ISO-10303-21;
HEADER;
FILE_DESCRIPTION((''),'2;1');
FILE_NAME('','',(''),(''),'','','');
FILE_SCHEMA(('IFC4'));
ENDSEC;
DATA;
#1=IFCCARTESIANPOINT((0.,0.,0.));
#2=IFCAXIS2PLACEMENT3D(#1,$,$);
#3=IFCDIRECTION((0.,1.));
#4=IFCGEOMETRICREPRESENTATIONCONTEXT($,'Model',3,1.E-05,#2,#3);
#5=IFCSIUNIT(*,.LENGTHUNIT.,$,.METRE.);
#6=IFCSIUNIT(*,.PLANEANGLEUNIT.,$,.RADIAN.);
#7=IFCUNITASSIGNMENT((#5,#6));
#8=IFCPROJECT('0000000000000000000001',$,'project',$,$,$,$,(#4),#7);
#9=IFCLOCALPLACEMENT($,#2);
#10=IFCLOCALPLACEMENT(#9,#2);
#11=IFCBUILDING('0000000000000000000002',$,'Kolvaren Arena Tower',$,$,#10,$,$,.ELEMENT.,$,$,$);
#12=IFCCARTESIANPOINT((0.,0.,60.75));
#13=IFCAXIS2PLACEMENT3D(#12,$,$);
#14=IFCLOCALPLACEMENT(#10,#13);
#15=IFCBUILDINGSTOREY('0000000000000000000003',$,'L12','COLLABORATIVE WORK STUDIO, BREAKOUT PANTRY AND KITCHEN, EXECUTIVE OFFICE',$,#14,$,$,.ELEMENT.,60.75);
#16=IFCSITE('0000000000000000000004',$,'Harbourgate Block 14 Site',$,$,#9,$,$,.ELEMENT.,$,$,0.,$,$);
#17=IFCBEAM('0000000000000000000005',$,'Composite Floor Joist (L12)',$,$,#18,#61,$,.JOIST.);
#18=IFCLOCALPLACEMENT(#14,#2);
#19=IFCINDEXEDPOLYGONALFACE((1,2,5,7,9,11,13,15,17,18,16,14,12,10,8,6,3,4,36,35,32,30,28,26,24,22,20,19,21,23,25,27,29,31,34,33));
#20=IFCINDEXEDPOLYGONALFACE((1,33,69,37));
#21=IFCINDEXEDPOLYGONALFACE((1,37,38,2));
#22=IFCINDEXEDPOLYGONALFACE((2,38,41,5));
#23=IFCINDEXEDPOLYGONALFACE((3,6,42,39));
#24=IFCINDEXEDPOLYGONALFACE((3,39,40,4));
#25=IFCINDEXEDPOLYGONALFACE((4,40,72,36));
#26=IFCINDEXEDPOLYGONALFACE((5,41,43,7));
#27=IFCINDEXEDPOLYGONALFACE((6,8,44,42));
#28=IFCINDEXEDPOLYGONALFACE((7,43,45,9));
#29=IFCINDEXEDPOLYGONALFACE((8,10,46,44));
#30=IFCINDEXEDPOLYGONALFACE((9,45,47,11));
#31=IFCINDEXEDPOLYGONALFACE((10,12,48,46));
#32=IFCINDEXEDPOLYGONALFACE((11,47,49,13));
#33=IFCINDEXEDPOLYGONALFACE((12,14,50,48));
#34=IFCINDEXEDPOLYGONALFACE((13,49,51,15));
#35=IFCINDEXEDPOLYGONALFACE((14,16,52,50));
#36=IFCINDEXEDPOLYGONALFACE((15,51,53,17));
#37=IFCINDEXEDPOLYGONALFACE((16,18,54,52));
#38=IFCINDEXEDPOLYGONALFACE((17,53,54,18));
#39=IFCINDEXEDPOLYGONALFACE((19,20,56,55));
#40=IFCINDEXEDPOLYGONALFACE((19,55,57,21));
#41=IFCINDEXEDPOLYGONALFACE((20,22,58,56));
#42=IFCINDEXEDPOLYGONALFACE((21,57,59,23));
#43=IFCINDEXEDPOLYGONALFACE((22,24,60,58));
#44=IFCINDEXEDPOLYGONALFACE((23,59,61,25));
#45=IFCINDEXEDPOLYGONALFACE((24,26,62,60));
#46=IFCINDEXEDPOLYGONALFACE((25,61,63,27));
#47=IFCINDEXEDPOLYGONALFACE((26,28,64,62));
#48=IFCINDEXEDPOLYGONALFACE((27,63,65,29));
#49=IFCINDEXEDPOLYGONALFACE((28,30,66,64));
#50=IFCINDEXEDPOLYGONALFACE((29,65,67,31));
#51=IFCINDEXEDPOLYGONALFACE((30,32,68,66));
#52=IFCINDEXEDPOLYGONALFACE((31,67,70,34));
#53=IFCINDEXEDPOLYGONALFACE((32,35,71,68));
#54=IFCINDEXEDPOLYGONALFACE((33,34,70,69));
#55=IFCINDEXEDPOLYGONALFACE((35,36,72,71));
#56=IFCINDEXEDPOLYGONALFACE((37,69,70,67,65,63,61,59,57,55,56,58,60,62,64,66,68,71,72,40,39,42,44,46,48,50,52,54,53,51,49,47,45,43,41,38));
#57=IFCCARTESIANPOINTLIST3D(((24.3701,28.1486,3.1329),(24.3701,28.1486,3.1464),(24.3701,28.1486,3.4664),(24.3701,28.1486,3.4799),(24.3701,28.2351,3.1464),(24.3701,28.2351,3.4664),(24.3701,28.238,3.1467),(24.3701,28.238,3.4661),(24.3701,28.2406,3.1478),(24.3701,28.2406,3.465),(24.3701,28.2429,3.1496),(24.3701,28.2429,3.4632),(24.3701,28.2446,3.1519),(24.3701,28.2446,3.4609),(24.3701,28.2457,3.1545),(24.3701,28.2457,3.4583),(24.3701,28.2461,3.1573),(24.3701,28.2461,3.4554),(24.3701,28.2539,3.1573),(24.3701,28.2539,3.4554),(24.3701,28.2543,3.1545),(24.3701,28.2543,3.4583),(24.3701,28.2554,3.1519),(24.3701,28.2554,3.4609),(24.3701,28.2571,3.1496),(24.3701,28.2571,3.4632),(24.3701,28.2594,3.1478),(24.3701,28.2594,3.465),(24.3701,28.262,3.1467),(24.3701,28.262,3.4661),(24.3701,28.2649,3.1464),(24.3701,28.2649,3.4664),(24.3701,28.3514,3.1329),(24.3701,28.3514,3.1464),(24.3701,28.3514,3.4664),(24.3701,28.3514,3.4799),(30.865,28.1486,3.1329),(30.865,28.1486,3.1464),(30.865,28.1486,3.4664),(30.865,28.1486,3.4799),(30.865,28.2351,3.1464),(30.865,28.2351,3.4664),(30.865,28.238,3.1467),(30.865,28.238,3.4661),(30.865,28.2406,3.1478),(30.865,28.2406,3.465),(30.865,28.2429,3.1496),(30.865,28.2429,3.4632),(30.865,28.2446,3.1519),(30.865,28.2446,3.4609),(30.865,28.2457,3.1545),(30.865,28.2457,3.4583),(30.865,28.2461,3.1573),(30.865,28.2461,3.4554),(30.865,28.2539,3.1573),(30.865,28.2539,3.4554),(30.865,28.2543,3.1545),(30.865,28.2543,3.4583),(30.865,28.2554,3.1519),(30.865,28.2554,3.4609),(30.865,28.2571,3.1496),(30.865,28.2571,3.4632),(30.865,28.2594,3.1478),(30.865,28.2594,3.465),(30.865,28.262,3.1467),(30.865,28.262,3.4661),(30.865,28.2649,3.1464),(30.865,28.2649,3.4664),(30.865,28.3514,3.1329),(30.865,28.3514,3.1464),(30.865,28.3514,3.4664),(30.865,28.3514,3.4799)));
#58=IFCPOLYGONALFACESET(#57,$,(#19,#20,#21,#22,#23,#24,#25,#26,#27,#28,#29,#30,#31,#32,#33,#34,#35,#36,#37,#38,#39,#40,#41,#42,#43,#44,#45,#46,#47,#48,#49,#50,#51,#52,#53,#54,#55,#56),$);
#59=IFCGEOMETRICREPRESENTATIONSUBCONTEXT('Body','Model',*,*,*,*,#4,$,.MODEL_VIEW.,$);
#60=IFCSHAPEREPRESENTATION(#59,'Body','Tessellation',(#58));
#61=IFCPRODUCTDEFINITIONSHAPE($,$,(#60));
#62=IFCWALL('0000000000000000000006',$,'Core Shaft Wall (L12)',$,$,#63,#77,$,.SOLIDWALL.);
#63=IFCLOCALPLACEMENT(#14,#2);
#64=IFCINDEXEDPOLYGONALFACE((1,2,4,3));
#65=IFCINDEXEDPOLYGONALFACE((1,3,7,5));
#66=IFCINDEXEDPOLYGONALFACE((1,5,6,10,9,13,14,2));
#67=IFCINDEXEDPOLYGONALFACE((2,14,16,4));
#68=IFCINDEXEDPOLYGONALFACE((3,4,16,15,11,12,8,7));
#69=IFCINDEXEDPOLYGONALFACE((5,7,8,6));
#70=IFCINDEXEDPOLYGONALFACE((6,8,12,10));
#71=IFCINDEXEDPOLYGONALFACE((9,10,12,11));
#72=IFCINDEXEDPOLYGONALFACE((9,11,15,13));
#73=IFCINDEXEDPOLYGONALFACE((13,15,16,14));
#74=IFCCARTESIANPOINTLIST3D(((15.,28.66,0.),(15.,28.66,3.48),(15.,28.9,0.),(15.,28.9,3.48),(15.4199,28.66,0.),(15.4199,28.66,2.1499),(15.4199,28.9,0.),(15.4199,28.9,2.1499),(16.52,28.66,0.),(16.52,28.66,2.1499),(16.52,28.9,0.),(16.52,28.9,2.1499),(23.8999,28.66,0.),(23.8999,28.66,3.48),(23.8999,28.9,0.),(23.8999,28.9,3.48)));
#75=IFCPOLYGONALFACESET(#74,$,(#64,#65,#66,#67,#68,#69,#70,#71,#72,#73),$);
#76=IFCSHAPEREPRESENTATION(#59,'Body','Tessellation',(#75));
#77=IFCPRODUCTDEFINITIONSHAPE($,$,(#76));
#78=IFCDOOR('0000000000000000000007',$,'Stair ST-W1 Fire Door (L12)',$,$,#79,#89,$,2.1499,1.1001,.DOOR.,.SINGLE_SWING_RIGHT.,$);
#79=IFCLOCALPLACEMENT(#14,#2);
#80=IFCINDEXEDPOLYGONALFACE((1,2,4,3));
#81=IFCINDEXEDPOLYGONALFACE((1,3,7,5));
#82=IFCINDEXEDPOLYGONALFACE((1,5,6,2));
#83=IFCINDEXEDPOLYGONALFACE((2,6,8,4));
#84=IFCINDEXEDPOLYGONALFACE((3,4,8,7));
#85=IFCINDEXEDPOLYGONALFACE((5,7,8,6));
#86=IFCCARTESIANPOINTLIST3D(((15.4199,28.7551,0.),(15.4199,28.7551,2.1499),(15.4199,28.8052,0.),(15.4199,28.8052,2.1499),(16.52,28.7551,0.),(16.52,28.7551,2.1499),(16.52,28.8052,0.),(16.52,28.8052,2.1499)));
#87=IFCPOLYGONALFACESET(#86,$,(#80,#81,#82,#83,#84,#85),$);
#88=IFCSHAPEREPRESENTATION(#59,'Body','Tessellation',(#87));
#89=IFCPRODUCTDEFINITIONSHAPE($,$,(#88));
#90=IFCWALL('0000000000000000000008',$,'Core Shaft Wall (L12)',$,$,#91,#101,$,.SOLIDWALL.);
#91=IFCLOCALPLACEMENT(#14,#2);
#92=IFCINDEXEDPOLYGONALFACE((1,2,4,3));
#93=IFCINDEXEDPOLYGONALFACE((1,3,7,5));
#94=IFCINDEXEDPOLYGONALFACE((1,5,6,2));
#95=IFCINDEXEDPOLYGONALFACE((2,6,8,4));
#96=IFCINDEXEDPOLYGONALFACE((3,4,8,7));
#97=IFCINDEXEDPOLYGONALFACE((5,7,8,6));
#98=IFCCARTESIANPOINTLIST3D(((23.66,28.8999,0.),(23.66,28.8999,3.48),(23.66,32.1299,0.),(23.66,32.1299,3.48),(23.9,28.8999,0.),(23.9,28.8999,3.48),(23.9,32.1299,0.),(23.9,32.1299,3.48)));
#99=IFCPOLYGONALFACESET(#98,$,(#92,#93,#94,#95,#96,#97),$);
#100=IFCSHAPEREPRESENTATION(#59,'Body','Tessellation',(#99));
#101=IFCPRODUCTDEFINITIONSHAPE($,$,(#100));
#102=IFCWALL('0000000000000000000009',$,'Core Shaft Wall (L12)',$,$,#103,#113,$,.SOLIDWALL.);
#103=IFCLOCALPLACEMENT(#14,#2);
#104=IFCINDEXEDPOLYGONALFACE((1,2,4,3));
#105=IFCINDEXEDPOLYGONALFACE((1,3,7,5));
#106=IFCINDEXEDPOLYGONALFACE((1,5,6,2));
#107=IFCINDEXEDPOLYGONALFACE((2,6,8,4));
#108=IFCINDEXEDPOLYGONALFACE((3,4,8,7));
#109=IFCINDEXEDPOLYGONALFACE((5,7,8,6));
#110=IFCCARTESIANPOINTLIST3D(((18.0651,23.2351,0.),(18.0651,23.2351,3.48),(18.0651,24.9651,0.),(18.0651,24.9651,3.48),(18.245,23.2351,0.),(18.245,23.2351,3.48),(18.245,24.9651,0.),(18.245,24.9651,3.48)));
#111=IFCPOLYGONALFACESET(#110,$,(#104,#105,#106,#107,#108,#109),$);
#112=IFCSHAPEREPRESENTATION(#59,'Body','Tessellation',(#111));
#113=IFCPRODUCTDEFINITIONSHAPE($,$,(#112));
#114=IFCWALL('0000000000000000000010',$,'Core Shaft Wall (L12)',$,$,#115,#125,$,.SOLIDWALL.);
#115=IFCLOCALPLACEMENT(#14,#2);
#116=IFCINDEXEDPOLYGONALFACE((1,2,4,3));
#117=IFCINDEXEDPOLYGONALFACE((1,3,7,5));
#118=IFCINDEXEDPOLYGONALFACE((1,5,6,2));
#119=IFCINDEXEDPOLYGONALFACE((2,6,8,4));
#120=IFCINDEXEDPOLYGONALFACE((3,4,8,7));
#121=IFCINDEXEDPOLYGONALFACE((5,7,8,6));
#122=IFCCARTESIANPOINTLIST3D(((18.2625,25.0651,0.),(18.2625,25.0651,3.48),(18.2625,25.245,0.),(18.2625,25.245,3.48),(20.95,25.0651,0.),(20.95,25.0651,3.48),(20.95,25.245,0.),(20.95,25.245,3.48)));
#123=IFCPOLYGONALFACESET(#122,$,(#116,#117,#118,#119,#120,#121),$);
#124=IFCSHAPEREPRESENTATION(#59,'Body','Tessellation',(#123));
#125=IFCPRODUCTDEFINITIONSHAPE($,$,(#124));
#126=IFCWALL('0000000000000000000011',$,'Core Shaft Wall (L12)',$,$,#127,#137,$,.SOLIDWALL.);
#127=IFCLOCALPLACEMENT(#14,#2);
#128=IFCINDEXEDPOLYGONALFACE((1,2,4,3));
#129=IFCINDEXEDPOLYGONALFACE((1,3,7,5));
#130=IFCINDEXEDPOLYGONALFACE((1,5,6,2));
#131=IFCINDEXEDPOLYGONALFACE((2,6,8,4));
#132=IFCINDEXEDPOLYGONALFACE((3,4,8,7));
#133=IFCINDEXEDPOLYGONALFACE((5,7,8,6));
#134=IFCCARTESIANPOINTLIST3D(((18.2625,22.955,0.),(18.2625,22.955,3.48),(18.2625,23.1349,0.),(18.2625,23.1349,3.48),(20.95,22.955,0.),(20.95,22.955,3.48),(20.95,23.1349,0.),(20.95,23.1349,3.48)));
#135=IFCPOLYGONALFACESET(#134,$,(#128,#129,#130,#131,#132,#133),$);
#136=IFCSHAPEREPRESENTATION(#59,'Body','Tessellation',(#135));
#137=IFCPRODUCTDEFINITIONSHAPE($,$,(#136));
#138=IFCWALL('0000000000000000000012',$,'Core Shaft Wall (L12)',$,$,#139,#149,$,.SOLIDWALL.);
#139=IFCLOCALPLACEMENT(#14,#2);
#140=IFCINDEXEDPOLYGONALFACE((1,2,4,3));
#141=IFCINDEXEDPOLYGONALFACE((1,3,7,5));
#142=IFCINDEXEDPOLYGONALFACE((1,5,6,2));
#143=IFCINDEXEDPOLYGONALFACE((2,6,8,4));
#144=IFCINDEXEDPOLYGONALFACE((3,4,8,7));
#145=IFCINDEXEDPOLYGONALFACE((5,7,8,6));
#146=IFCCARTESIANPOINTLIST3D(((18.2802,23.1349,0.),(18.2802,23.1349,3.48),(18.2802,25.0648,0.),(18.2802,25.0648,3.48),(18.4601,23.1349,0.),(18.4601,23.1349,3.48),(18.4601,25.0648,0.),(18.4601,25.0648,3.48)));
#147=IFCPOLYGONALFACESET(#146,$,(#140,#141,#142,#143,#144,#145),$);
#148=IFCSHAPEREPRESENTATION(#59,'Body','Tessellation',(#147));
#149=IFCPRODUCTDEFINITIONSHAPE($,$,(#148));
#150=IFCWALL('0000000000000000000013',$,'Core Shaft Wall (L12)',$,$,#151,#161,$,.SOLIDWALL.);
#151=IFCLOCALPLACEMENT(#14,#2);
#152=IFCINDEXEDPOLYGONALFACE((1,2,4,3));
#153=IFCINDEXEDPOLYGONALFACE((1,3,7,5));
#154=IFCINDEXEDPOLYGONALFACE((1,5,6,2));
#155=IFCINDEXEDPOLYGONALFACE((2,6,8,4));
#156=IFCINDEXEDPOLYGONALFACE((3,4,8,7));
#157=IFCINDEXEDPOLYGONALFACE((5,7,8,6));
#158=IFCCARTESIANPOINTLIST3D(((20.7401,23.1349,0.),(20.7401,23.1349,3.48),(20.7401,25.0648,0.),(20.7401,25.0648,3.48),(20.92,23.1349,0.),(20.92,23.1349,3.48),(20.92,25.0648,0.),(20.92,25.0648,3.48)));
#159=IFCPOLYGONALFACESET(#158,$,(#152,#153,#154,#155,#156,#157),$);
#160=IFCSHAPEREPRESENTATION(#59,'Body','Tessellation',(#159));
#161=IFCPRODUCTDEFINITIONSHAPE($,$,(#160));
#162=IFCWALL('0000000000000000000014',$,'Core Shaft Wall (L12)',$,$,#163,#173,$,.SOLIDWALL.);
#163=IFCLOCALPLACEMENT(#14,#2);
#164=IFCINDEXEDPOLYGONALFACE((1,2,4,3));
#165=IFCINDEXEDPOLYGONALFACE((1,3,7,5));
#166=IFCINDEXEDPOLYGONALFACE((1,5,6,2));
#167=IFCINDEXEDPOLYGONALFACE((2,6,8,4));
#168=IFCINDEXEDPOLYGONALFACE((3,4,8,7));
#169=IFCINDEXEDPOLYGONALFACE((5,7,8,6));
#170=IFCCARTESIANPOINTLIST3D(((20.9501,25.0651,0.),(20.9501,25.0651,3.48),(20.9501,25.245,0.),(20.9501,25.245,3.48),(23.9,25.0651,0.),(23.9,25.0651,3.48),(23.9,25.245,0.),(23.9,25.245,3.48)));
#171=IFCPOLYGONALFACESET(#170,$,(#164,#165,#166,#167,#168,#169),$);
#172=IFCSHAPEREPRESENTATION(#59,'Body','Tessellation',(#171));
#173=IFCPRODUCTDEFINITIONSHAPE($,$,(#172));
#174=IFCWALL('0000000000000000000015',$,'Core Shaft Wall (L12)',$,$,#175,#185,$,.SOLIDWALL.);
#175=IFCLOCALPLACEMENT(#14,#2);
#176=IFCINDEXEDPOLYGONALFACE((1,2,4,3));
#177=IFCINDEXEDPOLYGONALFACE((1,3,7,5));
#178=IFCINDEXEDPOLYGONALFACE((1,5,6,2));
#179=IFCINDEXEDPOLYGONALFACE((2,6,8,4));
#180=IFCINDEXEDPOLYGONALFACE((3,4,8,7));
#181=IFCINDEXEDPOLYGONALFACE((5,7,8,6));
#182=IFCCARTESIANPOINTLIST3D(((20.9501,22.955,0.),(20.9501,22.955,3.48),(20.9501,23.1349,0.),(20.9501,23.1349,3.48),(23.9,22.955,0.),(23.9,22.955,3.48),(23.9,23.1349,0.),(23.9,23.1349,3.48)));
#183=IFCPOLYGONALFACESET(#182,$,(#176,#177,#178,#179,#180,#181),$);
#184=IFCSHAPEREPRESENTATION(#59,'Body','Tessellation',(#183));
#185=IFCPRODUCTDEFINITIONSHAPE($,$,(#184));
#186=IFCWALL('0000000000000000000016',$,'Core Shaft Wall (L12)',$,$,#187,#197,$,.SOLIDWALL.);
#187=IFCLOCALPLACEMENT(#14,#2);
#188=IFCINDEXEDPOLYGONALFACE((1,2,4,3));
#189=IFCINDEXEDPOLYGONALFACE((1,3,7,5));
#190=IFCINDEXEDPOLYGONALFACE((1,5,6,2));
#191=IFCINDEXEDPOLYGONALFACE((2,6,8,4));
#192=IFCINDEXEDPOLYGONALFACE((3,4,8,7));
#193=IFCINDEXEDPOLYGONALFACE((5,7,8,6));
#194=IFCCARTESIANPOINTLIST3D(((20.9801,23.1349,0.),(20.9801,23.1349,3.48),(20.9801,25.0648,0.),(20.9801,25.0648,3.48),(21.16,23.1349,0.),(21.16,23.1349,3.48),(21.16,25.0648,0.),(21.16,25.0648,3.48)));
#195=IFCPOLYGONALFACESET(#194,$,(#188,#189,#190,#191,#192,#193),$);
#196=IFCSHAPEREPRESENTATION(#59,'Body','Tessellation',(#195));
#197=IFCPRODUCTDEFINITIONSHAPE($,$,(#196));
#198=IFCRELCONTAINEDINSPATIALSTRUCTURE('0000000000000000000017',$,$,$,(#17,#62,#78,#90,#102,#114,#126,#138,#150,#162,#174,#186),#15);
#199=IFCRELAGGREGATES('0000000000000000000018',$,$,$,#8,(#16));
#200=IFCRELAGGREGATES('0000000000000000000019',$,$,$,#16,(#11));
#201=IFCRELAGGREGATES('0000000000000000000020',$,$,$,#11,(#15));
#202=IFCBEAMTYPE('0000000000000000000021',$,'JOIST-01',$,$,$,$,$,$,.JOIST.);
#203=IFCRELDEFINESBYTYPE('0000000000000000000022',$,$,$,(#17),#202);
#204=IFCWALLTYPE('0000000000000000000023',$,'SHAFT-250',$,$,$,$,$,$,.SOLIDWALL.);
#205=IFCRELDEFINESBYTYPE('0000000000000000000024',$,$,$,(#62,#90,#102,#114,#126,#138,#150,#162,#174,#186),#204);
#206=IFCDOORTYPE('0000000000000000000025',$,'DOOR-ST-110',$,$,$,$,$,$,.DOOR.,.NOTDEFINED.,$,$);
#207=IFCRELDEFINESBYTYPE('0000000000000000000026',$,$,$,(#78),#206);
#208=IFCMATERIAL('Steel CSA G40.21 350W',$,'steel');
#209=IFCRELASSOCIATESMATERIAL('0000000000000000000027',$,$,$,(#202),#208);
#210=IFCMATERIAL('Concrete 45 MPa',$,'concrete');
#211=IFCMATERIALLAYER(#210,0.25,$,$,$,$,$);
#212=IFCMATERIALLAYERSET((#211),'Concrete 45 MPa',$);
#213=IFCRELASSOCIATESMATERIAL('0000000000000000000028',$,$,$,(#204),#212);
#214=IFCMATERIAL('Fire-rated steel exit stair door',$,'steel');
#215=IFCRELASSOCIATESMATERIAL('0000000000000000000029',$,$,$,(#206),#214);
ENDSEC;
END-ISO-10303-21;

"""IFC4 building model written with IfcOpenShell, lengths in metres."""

from ifc_helpers import new_model, si_unit, direction, frame, frame_2d, origin, origin_2d, place, context, subcontext, project, spatial, rectangle, i_section, extrude, material, layer, layer_set, material_profile, profile_set, type_object, element, fill, save


model = new_model("IFC4")

# Units and contexts
model_context = context("Model", 3, precision=1e-05, world=origin(), true_north=direction((0.0, 1.0)))
body_context = subcontext(model_context, "Body", "Model", "MODEL_VIEW")
ifc_project = project(units=[si_unit("LENGTHUNIT", "METRE"), si_unit("PLANEANGLEUNIT", "RADIAN")], contexts=[model_context])

# Site, building, storey
site_placement = place(None, origin())
site = spatial("IfcSite", under=ifc_project, at=site_placement, Name="Harbourgate Block 14 Site", CompositionType="ELEMENT", RefElevation=0.0)
building_placement = place(site_placement, origin())
building = spatial("IfcBuilding", under=site, at=building_placement, Name="Kolvaren Arena Tower", CompositionType="ELEMENT")
storey_placement = place(building_placement, frame((0.0, 0.0, 60.75)))
storey = spatial("IfcBuildingStorey", under=building, at=storey_placement, Name="L12", Description="COLLABORATIVE WORK STUDIO, BREAKOUT PANTRY AND KITCHEN, EXECUTIVE OFFICE", CompositionType="ELEMENT", Elevation=60.75)

# Beam
ifc_material_1 = material(Name="Steel CSA G40.21 350W", Category="steel")
ifc_material_profile_1 = material_profile(ifc_material_1, i_section(OverallWidth=0.2029, OverallDepth=0.3469, WebThickness=0.0078, FlangeThickness=0.0134, FilletRadius=0.011, at=origin_2d()), Name="W360x64")
ifc_profile_set_1 = profile_set([ifc_material_profile_1], Name="Steel CSA G40.21 350W")
beam_type_1 = type_object("IfcBeamType", Name="JOIST-01", PredefinedType="JOIST", material=ifc_profile_set_1)
beam_1_placement = place(storey_placement, frame((24.3701, 28.25, 3.3064), z_axis=(1.0, 0.0, 0.0), x_axis=(0.0, 1.0, 0.0)))
element("IfcBeam", 1, at=beam_1_placement, inside=storey, type_object=beam_type_1, Name="Composite Floor Joist (L12)", PredefinedType="JOIST", context=body_context, shape_type="SweptSolid", body=[
    extrude(i_section(OverallWidth=0.2029, OverallDepth=0.3469, WebThickness=0.0078, FlangeThickness=0.0134, FilletRadius=0.011, at=origin_2d()), origin(), (0.0, 0.0, 1.0), 6.4949),
])

# Wall, opening, door
ifc_material_2 = material(Name="Concrete 45 MPa", Category="concrete")
ifc_layer = layer(ifc_material_2, 0.25)
ifc_layer_set = layer_set([ifc_layer], Name="Concrete 45 MPa")
wall_type = type_object("IfcWallType", Name="SHAFT-250", PredefinedType="SOLIDWALL", material=ifc_layer_set)
wall_1_placement = place(storey_placement, frame((23.8999, 28.78, 0.0), z_axis=(0.0, 0.0, 1.0), x_axis=(-1.0, 0.0, 0.0)))
wall_1 = element("IfcWall", 2, at=wall_1_placement, inside=storey, type_object=wall_type, Name="Core Shaft Wall (L12)", PredefinedType="SOLIDWALL", context=body_context, shape_type="SweptSolid", body=[
    extrude(rectangle(XDim=8.8999, YDim=0.24, at=frame_2d((4.45, 0.0))), origin(), (0.0, 0.0, 1.0), 3.48),
])
opening_placement = place(wall_1_placement, frame((7.3799, 0.0, 0.0)))
opening = element("IfcOpeningElement", 3, at=opening_placement, cuts=wall_1, PredefinedType="OPENING", context=body_context, shape_type="SweptSolid", body=[
    extrude(rectangle(XDim=1.1001, YDim=2.1499, at=frame_2d((0.55, 1.075))), frame((0.0, 0.1299, 0.0), z_axis=(0.0, -1.0, 0.0), x_axis=(1.0, 0.0, 0.0)), (0.0, 0.0, 1.0), 0.26),
])
ifc_material_3 = material(Name="Fire-rated steel exit stair door", Category="steel")
door_type = type_object("IfcDoorType", Name="DOOR-ST-110", OperationType="NOTDEFINED", PredefinedType="DOOR", material=ifc_material_3)
door_placement = place(opening_placement, origin())
door = element("IfcDoor", 4, at=door_placement, inside=storey, type_object=door_type, Name="Stair ST-W1 Fire Door (L12)", OperationType="SINGLE_SWING_RIGHT", OverallHeight=2.1499, OverallWidth=1.1001, PredefinedType="DOOR", context=body_context, shape_type="SweptSolid", body=[
    extrude(rectangle(XDim=1.1001, YDim=2.1499, at=frame_2d((0.55, 1.075))), frame((0.0, 0.0249, 0.0), z_axis=(0.0, -1.0, 0.0), x_axis=(1.0, 0.0, 0.0)), (0.0, 0.0, 1.0), 0.05),
])
fill(opening, door)

# Walls
wall_2_placement = place(storey_placement, frame((23.78, 28.8999, 0.0), z_axis=(0.0, 0.0, 1.0), x_axis=(0.0, 1.0, 0.0)))
element("IfcWall", 5, at=wall_2_placement, inside=storey, type_object=wall_type, Name="Core Shaft Wall (L12)", PredefinedType="SOLIDWALL", context=body_context, shape_type="SweptSolid", body=[
    extrude(rectangle(XDim=3.23, YDim=0.24, at=frame_2d((1.615, 0.0))), origin(), (0.0, 0.0, 1.0), 3.48),
])
wall_3_placement = place(storey_placement, frame((18.155, 23.2351, 0.0), z_axis=(0.0, 0.0, 1.0), x_axis=(0.0, 1.0, 0.0)))
element("IfcWall", 6, at=wall_3_placement, inside=storey, type_object=wall_type, Name="Core Shaft Wall (L12)", PredefinedType="SOLIDWALL", context=body_context, shape_type="SweptSolid", body=[
    extrude(rectangle(XDim=1.73, YDim=0.1799, at=frame_2d((0.865, 0.0))), origin(), (0.0, 0.0, 1.0), 3.48),
])
for number, where, z_axis, x_axis, name in (
    (7, (18.2625, 25.155, 0.0), (0.0, 0.0, 1.0), (1.0, 0.0, 0.0), "Core Shaft Wall (L12)"),
    (8, (18.2625, 23.0449, 0.0), (0.0, 0.0, 1.0), (1.0, 0.0, 0.0), "Core Shaft Wall (L12)"),
):
    element("IfcWall", number, at=place(storey_placement, frame(where, z_axis=z_axis, x_axis=x_axis)), inside=storey, type_object=wall_type, Name=name, PredefinedType="SOLIDWALL", context=body_context, shape_type="SweptSolid", body=[
        extrude(rectangle(XDim=2.6875, YDim=0.1799, at=frame_2d((1.3438, 0.0))), origin(), (0.0, 0.0, 1.0), 3.48),
    ])
for number, where, z_axis, x_axis, name in (
    (9, (18.3701, 23.135, 0.0), (0.0, 0.0, 1.0), (0.0, 1.0, 0.0), "Core Shaft Wall (L12)"),
    (10, (20.8301, 23.135, 0.0), (0.0, 0.0, 1.0), (0.0, 1.0, 0.0), "Core Shaft Wall (L12)"),
):
    element("IfcWall", number, at=place(storey_placement, frame(where, z_axis=z_axis, x_axis=x_axis)), inside=storey, type_object=wall_type, Name=name, PredefinedType="SOLIDWALL", context=body_context, shape_type="SweptSolid", body=[
        extrude(rectangle(XDim=1.9299, YDim=0.1799, at=frame_2d((0.9648, 0.0))), origin(), (0.0, 0.0, 1.0), 3.48),
    ])
for number, where, z_axis, x_axis, name in (
    (11, (20.95, 25.155, 0.0), (0.0, 0.0, 1.0), (1.0, 0.0, 0.0), "Core Shaft Wall (L12)"),
    (12, (20.95, 23.0449, 0.0), (0.0, 0.0, 1.0), (1.0, 0.0, 0.0), "Core Shaft Wall (L12)"),
):
    element("IfcWall", number, at=place(storey_placement, frame(where, z_axis=z_axis, x_axis=x_axis)), inside=storey, type_object=wall_type, Name=name, PredefinedType="SOLIDWALL", context=body_context, shape_type="SweptSolid", body=[
        extrude(rectangle(XDim=2.95, YDim=0.1799, at=frame_2d((1.4751, 0.0))), origin(), (0.0, 0.0, 1.0), 3.48),
    ])
for number, where, z_axis, x_axis, name in (
    (13, (21.0701, 23.135, 0.0), (0.0, 0.0, 1.0), (0.0, 1.0, 0.0), "Core Shaft Wall (L12)"),
):
    element("IfcWall", number, at=place(storey_placement, frame(where, z_axis=z_axis, x_axis=x_axis)), inside=storey, type_object=wall_type, Name=name, PredefinedType="SOLIDWALL", context=body_context, shape_type="SweptSolid", body=[
        extrude(rectangle(XDim=1.9299, YDim=0.1799, at=frame_2d((0.9648, 0.0))), origin(), (0.0, 0.0, 1.0), 3.48),
    ])

save(model, "model.ifc")
